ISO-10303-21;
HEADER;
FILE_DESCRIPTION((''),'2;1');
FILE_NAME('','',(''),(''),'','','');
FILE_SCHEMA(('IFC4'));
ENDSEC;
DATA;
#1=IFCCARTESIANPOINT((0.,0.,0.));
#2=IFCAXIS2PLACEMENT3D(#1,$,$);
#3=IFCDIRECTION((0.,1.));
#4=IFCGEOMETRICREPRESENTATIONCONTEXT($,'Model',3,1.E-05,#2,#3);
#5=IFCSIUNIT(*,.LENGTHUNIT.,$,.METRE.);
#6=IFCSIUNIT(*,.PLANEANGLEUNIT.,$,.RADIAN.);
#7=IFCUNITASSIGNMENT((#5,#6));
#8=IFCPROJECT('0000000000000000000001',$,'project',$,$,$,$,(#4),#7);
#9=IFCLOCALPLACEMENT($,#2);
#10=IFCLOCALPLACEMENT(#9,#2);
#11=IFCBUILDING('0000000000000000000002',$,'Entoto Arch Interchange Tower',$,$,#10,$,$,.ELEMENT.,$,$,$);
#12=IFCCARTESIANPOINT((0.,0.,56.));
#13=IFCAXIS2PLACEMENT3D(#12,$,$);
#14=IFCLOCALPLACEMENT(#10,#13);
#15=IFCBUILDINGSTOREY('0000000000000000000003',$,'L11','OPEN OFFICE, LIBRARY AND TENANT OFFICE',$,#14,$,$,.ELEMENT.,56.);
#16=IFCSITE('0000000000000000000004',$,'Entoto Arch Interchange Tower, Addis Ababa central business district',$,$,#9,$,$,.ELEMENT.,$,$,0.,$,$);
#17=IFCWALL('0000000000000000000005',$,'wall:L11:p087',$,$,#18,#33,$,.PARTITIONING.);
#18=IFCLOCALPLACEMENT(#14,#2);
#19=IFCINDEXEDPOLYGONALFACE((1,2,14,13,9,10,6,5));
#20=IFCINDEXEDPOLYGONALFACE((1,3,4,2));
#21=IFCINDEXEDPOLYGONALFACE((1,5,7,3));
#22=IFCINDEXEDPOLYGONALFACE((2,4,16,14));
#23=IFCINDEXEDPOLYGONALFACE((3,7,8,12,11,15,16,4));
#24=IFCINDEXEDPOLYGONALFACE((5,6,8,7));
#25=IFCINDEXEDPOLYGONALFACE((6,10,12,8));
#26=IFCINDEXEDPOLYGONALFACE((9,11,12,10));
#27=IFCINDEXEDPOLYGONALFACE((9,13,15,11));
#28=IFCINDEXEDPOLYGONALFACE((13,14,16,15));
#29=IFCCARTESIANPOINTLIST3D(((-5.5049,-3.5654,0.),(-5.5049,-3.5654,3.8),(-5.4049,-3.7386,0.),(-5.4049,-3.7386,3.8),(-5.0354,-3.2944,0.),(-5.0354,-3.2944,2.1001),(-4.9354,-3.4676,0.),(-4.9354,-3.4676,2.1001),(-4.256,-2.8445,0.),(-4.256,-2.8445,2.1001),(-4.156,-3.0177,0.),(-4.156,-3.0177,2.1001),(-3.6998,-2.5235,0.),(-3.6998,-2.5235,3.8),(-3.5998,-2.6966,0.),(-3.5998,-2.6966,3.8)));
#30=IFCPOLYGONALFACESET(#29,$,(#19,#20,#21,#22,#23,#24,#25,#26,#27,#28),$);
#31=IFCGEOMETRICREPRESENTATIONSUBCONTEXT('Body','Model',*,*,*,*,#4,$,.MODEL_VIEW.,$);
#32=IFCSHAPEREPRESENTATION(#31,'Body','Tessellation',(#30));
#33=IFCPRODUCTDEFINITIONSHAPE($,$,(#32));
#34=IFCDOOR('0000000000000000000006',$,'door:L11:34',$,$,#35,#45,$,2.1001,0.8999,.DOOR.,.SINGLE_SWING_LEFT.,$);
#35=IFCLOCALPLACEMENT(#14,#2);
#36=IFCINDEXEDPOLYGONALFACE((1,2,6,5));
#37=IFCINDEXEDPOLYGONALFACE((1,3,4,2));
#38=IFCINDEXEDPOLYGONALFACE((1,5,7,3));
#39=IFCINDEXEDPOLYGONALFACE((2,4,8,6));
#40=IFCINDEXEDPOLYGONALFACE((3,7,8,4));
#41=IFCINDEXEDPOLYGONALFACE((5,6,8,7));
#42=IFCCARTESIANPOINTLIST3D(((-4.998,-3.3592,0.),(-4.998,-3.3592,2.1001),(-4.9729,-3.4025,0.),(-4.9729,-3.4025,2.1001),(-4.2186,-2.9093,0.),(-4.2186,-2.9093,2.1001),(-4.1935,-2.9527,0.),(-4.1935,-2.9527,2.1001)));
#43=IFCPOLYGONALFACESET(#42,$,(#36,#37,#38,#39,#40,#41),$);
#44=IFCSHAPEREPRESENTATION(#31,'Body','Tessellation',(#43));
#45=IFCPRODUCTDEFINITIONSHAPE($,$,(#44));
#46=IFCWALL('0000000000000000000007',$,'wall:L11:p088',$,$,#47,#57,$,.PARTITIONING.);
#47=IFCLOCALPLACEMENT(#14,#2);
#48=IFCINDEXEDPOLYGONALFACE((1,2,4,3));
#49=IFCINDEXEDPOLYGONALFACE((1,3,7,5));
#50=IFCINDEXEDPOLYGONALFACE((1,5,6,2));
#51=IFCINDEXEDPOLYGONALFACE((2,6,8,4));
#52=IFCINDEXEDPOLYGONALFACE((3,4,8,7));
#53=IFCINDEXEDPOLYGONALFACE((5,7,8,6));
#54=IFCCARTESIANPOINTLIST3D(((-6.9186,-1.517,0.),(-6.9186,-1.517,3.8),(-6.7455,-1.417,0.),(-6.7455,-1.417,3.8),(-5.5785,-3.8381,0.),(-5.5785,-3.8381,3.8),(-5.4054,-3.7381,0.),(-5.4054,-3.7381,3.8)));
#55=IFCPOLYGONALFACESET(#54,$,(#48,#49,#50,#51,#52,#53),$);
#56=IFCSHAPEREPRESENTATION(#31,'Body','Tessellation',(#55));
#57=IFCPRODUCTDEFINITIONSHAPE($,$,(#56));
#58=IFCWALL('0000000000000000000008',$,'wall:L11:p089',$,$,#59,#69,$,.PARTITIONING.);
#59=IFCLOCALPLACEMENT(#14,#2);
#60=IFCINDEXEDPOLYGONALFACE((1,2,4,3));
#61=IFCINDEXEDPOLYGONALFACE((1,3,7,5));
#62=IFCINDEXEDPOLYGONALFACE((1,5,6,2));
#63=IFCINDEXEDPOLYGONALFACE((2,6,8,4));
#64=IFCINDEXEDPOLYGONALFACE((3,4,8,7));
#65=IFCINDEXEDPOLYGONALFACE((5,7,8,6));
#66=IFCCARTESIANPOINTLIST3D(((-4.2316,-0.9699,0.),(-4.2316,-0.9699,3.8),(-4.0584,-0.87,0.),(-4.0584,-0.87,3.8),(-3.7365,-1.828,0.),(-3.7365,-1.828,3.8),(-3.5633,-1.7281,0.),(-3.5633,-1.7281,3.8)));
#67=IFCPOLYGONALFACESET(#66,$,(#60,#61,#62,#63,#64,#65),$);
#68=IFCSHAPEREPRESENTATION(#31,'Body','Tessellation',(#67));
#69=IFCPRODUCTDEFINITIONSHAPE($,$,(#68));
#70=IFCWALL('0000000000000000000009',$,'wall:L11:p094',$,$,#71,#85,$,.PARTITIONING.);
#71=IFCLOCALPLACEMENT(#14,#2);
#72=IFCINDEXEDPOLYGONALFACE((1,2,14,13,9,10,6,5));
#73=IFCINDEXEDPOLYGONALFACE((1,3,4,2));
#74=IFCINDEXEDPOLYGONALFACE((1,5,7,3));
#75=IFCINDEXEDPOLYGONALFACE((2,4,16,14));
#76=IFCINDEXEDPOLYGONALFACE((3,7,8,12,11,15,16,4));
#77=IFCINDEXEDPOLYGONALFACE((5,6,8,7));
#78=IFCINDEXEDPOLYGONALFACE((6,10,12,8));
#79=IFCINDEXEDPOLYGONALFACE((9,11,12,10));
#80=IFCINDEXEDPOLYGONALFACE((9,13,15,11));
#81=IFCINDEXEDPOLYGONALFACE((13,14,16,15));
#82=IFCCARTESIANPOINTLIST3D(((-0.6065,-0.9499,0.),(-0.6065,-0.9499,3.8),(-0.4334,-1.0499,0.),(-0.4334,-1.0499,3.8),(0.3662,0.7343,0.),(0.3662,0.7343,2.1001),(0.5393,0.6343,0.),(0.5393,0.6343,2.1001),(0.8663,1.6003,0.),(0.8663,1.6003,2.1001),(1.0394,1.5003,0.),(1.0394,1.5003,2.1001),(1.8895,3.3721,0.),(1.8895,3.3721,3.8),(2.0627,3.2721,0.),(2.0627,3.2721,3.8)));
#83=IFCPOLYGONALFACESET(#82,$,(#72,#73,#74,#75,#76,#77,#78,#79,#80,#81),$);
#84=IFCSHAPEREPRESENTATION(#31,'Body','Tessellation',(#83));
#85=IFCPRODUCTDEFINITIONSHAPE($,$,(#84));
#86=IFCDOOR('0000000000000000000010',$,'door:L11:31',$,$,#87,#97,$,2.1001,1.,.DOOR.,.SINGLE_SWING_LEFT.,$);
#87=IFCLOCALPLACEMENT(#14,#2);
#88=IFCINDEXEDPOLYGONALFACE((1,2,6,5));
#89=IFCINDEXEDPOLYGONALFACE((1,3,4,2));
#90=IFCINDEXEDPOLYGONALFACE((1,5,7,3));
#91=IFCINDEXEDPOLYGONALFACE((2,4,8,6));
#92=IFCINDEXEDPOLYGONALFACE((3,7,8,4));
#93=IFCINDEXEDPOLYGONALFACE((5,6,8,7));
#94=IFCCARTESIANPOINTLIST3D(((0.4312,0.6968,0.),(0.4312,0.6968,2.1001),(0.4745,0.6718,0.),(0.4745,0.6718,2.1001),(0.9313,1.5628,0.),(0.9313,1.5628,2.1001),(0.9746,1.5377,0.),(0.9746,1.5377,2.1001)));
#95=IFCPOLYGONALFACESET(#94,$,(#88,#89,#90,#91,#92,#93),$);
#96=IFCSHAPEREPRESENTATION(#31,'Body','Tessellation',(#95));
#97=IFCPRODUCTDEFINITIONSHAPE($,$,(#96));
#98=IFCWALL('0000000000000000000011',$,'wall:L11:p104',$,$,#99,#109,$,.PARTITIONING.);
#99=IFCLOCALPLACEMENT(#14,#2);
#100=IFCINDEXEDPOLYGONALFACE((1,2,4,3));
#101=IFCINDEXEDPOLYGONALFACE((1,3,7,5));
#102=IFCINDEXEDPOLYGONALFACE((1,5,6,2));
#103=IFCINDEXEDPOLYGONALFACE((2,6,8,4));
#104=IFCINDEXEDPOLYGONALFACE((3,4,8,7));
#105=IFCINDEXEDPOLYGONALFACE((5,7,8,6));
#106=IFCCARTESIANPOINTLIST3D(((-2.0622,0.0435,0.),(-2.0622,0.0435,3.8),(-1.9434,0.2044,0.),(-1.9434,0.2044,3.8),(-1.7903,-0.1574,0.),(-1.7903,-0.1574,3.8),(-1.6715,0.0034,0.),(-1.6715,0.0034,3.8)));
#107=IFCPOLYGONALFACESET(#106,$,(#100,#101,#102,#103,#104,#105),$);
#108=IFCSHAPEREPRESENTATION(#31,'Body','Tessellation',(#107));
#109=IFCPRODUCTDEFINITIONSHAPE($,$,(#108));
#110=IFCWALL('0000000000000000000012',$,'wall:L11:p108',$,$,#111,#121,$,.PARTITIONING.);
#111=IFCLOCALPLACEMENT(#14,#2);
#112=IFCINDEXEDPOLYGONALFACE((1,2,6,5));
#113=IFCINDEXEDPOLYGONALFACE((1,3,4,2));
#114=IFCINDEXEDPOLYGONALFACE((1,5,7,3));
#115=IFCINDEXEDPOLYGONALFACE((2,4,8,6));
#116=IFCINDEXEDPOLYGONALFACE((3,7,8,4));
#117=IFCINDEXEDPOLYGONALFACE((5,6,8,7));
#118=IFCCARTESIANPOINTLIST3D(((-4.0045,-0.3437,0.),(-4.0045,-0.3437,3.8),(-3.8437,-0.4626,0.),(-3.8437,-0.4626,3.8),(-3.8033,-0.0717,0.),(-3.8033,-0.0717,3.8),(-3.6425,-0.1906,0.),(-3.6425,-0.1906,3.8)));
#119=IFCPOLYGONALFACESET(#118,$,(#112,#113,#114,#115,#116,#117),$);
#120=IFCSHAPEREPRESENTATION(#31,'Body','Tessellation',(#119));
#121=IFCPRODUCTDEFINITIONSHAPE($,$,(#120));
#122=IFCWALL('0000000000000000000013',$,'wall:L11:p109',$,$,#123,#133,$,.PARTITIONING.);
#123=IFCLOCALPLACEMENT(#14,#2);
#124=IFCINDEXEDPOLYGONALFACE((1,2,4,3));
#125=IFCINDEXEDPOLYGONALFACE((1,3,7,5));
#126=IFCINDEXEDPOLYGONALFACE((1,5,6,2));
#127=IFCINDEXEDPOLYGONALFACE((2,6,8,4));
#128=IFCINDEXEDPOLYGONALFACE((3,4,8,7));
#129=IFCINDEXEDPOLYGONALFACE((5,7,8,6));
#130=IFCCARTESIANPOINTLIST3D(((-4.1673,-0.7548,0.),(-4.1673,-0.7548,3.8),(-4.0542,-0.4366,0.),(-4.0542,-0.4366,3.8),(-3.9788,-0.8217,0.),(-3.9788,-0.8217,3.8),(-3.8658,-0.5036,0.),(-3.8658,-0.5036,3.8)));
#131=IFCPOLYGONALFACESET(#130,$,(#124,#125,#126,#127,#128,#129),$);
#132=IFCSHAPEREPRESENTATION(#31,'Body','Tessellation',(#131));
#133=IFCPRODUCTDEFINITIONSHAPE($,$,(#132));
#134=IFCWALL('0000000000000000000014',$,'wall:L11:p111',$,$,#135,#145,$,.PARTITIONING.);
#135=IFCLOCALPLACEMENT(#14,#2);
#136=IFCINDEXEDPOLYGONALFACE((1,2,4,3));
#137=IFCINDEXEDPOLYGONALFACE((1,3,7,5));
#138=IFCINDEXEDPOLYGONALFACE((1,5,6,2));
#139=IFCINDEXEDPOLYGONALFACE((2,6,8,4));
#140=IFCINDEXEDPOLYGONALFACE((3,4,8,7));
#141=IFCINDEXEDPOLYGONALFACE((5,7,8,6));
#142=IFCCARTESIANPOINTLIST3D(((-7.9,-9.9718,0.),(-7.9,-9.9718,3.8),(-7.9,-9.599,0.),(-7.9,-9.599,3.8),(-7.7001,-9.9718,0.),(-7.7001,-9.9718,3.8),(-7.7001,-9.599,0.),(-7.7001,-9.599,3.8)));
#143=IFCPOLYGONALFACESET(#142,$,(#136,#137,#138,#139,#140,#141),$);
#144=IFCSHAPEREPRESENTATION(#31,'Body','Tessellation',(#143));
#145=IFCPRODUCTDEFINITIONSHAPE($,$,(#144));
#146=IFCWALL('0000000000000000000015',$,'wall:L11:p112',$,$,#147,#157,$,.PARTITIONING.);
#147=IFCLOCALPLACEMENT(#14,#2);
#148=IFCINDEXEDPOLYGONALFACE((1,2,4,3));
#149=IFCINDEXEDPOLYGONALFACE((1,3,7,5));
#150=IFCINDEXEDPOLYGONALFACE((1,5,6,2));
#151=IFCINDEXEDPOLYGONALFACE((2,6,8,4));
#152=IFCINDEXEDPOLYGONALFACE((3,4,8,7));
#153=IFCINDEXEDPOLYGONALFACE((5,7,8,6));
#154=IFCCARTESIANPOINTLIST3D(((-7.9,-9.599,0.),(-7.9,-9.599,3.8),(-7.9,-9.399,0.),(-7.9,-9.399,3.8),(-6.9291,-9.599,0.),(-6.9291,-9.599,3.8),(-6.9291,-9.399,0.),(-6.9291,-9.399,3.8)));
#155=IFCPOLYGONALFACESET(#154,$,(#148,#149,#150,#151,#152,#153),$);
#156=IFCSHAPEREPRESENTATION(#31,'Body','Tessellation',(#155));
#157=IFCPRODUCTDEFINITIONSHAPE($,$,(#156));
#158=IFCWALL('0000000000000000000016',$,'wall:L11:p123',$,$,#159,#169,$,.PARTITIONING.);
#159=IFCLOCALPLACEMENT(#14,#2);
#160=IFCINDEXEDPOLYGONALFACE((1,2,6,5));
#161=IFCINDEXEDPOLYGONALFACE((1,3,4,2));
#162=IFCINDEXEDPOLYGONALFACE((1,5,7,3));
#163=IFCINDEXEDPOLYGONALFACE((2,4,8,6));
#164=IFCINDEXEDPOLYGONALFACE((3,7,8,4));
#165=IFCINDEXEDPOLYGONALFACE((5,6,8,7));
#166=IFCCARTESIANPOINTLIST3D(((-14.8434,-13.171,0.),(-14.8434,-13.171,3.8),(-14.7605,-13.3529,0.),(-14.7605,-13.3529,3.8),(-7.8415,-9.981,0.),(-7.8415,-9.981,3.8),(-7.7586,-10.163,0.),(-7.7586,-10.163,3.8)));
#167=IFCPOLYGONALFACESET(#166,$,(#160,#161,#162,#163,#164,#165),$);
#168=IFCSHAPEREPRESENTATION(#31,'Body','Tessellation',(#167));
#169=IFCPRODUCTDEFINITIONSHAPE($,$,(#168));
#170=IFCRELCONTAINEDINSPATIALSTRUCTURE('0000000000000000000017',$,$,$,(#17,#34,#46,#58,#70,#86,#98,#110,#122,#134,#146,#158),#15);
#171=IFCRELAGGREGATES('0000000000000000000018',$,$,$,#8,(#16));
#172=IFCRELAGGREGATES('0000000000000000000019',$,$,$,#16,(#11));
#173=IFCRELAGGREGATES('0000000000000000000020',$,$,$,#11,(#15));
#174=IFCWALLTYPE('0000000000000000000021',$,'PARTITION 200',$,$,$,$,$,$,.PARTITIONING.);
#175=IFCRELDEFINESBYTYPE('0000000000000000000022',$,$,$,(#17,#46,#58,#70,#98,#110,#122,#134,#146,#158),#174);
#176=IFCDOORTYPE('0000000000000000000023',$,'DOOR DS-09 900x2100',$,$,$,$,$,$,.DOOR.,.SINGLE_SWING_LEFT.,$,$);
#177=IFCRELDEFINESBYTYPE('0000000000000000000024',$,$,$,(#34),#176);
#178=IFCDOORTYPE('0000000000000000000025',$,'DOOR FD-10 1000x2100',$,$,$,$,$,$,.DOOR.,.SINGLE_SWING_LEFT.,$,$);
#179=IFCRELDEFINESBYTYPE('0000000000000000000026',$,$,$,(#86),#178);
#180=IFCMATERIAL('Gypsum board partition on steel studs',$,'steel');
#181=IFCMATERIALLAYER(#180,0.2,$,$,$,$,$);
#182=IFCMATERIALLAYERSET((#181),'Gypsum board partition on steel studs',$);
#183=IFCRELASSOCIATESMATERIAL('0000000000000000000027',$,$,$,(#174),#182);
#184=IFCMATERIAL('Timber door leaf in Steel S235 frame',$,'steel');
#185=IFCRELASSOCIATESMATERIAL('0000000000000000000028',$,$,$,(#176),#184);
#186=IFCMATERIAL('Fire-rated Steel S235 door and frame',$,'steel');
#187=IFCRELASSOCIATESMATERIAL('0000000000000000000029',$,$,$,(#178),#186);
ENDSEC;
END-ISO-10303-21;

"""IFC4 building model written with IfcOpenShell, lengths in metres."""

from ifc_helpers import new_model, si_unit, direction, frame, frame_2d, origin, place, context, subcontext, project, spatial, rectangle, extrude, material, layer, layer_set, type_object, element, fill, save


model = new_model("IFC4")

# Units and contexts
model_context = context("Model", 3, precision=1e-05, world=origin(), true_north=direction((0.0, 1.0)))
body_context = subcontext(model_context, "Body", "Model", "MODEL_VIEW")
ifc_project = project(units=[si_unit("LENGTHUNIT", "METRE"), si_unit("PLANEANGLEUNIT", "RADIAN")], contexts=[model_context])

# Site, building, storey
site_placement = place(None, origin())
site = spatial("IfcSite", under=ifc_project, at=site_placement, Name="Entoto Arch Interchange Tower, Addis Ababa central business district", CompositionType="ELEMENT", RefElevation=0.0)
building_placement = place(site_placement, origin())
building = spatial("IfcBuilding", under=site, at=building_placement, Name="Entoto Arch Interchange Tower", CompositionType="ELEMENT")
storey_placement = place(building_placement, frame((0.0, 0.0, 56.0)))
storey = spatial("IfcBuildingStorey", under=building, at=storey_placement, Name="L11", Description="OPEN OFFICE, LIBRARY AND TENANT OFFICE", CompositionType="ELEMENT", Elevation=56.0)

# Shared definitions
ifc_material_1 = material(Name="Gypsum board partition on steel studs", Category="steel")
ifc_layer_1 = layer(ifc_material_1, 0.2)
ifc_layer_set_1 = layer_set([ifc_layer_1], Name="Gypsum board partition on steel studs")
wall_type_1 = type_object("IfcWallType", Name="PARTITION 200", PredefinedType="PARTITIONING", material=ifc_layer_set_1)

# Wall, opening, door
wall_1_placement = place(storey_placement, frame((-3.6499, -2.6101, 0.0), z_axis=(0.0, 0.0, 1.0), x_axis=(-0.866072, -0.499918, 0.0)))
wall_1 = element("IfcWall", 1, at=wall_1_placement, inside=storey, type_object=wall_type_1, Name="wall:L11:p087", PredefinedType="PARTITIONING", context=body_context, shape_type="SweptSolid", body=[
    extrude(rectangle(XDim=2.0842, YDim=0.2, at=frame_2d((1.042, 0.0))), origin(), (0.0, 0.0, 1.0), 3.8),
])
opening_1_placement = place(wall_1_placement, frame((0.6421, 0.0, 0.0)))
opening_1 = element("IfcOpeningElement", 2, at=opening_1_placement, cuts=wall_1, PredefinedType="OPENING", context=body_context, shape_type="SweptSolid", body=[
    extrude(rectangle(XDim=0.8999, YDim=2.1001, at=frame_2d((0.45, 1.05))), frame((0.0, 0.1099, 0.0), z_axis=(0.0, -1.0, 0.0), x_axis=(1.0, 0.0, 0.0)), (0.0, 0.0, 1.0), 0.22),
])
ifc_material_2 = material(Name="Timber door leaf in Steel S235 frame", Category="steel")
door_type_1 = type_object("IfcDoorType", Name="DOOR DS-09 900x2100", OperationType="SINGLE_SWING_LEFT", PredefinedType="DOOR", material=ifc_material_2)
door_1_placement = place(opening_1_placement, origin())
door_1 = element("IfcDoor", 3, at=door_1_placement, inside=storey, type_object=door_type_1, Name="door:L11:34", OperationType="SINGLE_SWING_LEFT", OverallHeight=2.1001, OverallWidth=0.8999, PredefinedType="DOOR", context=body_context, shape_type="SweptSolid", body=[
    extrude(rectangle(XDim=0.8999, YDim=2.1001, at=frame_2d((0.45, 1.05))), frame((0.0, 0.0249, 0.0), z_axis=(0.0, -1.0, 0.0), x_axis=(1.0, 0.0, 0.0)), (0.0, 0.0, 1.0), 0.05),
])
fill(opening_1, door_1)

# Walls
wall_2_placement = place(storey_placement, frame((-5.4919, -3.7881, 0.0), z_axis=(0.0, 0.0, 1.0), x_axis=(-0.500009, 0.86602, 0.0)))
element("IfcWall", 4, at=wall_2_placement, inside=storey, type_object=wall_type_1, Name="wall:L11:p088", PredefinedType="PARTITIONING", context=body_context, shape_type="SweptSolid", body=[
    extrude(rectangle(XDim=2.6802, YDim=0.2, at=frame_2d((1.3401, 0.0))), origin(), (0.0, 0.0, 1.0), 3.8),
])
wall_3_placement = place(storey_placement, frame((-4.145, -0.9199, 0.0), z_axis=(0.0, 0.0, 1.0), x_axis=(0.499744, -0.866173, 0.0)))
element("IfcWall", 5, at=wall_3_placement, inside=storey, type_object=wall_type_1, Name="wall:L11:p089", PredefinedType="PARTITIONING", context=body_context, shape_type="SweptSolid", body=[
    extrude(rectangle(XDim=0.9907, YDim=0.2, at=frame_2d((0.4954, 0.0))), origin(), (0.0, 0.0, 1.0), 3.8),
])

# Wall, opening, door
wall_4_placement = place(storey_placement, frame((-0.52, -1.0, 0.0), z_axis=(0.0, 0.0, 1.0), x_axis=(0.500116, 0.865958, 0.0)))
wall_4 = element("IfcWall", 6, at=wall_4_placement, inside=storey, type_object=wall_type_1, Name="wall:L11:p094", PredefinedType="PARTITIONING", context=body_context, shape_type="SweptSolid", body=[
    extrude(rectangle(XDim=4.991, YDim=0.2, at=frame_2d((2.4956, 0.0))), origin(), (0.0, 0.0, 1.0), 3.8),
])
opening_2_placement = place(wall_4_placement, frame((1.9451, 0.0, 0.0)))
opening_2 = element("IfcOpeningElement", 7, at=opening_2_placement, cuts=wall_4, PredefinedType="OPENING", context=body_context, shape_type="SweptSolid", body=[
    extrude(rectangle(XDim=1.0, YDim=2.1001, at=frame_2d((0.5, 1.05))), frame((0.0, 0.1099, 0.0), z_axis=(0.0, -1.0, 0.0), x_axis=(1.0, 0.0, 0.0)), (0.0, 0.0, 1.0), 0.22),
])
ifc_material_3 = material(Name="Fire-rated Steel S235 door and frame", Category="steel")
door_type_2 = type_object("IfcDoorType", Name="DOOR FD-10 1000x2100", OperationType="SINGLE_SWING_LEFT", PredefinedType="DOOR", material=ifc_material_3)
door_2_placement = place(opening_2_placement, origin())
door_2 = element("IfcDoor", 8, at=door_2_placement, inside=storey, type_object=door_type_2, Name="door:L11:31", OperationType="SINGLE_SWING_LEFT", OverallHeight=2.1001, OverallWidth=1.0, PredefinedType="DOOR", context=body_context, shape_type="SweptSolid", body=[
    extrude(rectangle(XDim=1.0, YDim=2.1001, at=frame_2d((0.5, 1.05))), frame((0.0, 0.0249, 0.0), z_axis=(0.0, -1.0, 0.0), x_axis=(1.0, 0.0, 0.0)), (0.0, 0.0, 1.0), 0.05),
])
fill(opening_2, door_2)

# Walls
wall_5_placement = place(storey_placement, frame((-1.731, -0.0769, 0.0), z_axis=(0.0, 0.0, 1.0), x_axis=(-0.804311, 0.594208, 0.0)))
element("IfcWall", 9, at=wall_5_placement, inside=storey, type_object=wall_type_1, Name="wall:L11:p104", PredefinedType="PARTITIONING", context=body_context, shape_type="SweptSolid", body=[
    extrude(rectangle(XDim=0.3381, YDim=0.2, at=frame_2d((0.1689, 0.0))), origin(), (0.0, 0.0, 1.0), 3.8),
])
wall_6_placement = place(storey_placement, frame((-3.7229, -0.1311, 0.0), z_axis=(0.0, 0.0, 1.0), x_axis=(-0.594675, -0.803966, 0.0)))
element("IfcWall", 10, at=wall_6_placement, inside=storey, type_object=wall_type_1, Name="wall:L11:p108", PredefinedType="PARTITIONING", context=body_context, shape_type="SweptSolid", body=[
    extrude(rectangle(XDim=0.3384, YDim=0.2, at=frame_2d((0.1692, 0.0))), origin(), (0.0, 0.0, 1.0), 3.8),
])
wall_7_placement = place(storey_placement, frame((-3.96, -0.47, 0.0), z_axis=(0.0, 0.0, 1.0), x_axis=(-0.334824, -0.942281, 0.0)))
element("IfcWall", 11, at=wall_7_placement, inside=storey, type_object=wall_type_1, Name="wall:L11:p109", PredefinedType="PARTITIONING", context=body_context, shape_type="SweptSolid", body=[
    extrude(rectangle(XDim=0.3376, YDim=0.2, at=frame_2d((0.1689, 0.0))), origin(), (0.0, 0.0, 1.0), 3.8),
])
wall_8_placement = place(storey_placement, frame((-7.8, -9.9719, 0.0), z_axis=(0.0, 0.0, 1.0), x_axis=(0.0, 1.0, 0.0)))
element("IfcWall", 12, at=wall_8_placement, inside=storey, type_object=wall_type_1, Name="wall:L11:p111", PredefinedType="PARTITIONING", context=body_context, shape_type="SweptSolid", body=[
    extrude(rectangle(XDim=0.3728, YDim=0.2, at=frame_2d((0.1865, 0.0))), origin(), (0.0, 0.0, 1.0), 3.8),
])
wall_9_placement = place(storey_placement, frame((-7.8999, -9.499, 0.0), z_axis=(0.0, 0.0, 1.0), x_axis=(1.0, 0.0, 0.0)))
element("IfcWall", 13, at=wall_9_placement, inside=storey, type_object=wall_type_1, Name="wall:L11:p112", PredefinedType="PARTITIONING", context=body_context, shape_type="SweptSolid", body=[
    extrude(rectangle(XDim=0.9709, YDim=0.2, at=frame_2d((0.4854, 0.0))), origin(), (0.0, 0.0, 1.0), 3.8),
])
wall_10_placement = place(storey_placement, frame((-7.8, -10.072, 0.0), z_axis=(0.0, 0.0, 1.0), x_axis=(-0.910012, -0.414582, 0.0)))
element("IfcWall", 14, at=wall_10_placement, inside=storey, type_object=wall_type_1, Name="wall:L11:p123", PredefinedType="PARTITIONING", context=body_context, shape_type="SweptSolid", body=[
    extrude(rectangle(XDim=7.6943, YDim=0.2, at=frame_2d((3.8472, 0.0))), origin(), (0.0, 0.0, 1.0), 3.8),
])

save(model, "model.ifc")
